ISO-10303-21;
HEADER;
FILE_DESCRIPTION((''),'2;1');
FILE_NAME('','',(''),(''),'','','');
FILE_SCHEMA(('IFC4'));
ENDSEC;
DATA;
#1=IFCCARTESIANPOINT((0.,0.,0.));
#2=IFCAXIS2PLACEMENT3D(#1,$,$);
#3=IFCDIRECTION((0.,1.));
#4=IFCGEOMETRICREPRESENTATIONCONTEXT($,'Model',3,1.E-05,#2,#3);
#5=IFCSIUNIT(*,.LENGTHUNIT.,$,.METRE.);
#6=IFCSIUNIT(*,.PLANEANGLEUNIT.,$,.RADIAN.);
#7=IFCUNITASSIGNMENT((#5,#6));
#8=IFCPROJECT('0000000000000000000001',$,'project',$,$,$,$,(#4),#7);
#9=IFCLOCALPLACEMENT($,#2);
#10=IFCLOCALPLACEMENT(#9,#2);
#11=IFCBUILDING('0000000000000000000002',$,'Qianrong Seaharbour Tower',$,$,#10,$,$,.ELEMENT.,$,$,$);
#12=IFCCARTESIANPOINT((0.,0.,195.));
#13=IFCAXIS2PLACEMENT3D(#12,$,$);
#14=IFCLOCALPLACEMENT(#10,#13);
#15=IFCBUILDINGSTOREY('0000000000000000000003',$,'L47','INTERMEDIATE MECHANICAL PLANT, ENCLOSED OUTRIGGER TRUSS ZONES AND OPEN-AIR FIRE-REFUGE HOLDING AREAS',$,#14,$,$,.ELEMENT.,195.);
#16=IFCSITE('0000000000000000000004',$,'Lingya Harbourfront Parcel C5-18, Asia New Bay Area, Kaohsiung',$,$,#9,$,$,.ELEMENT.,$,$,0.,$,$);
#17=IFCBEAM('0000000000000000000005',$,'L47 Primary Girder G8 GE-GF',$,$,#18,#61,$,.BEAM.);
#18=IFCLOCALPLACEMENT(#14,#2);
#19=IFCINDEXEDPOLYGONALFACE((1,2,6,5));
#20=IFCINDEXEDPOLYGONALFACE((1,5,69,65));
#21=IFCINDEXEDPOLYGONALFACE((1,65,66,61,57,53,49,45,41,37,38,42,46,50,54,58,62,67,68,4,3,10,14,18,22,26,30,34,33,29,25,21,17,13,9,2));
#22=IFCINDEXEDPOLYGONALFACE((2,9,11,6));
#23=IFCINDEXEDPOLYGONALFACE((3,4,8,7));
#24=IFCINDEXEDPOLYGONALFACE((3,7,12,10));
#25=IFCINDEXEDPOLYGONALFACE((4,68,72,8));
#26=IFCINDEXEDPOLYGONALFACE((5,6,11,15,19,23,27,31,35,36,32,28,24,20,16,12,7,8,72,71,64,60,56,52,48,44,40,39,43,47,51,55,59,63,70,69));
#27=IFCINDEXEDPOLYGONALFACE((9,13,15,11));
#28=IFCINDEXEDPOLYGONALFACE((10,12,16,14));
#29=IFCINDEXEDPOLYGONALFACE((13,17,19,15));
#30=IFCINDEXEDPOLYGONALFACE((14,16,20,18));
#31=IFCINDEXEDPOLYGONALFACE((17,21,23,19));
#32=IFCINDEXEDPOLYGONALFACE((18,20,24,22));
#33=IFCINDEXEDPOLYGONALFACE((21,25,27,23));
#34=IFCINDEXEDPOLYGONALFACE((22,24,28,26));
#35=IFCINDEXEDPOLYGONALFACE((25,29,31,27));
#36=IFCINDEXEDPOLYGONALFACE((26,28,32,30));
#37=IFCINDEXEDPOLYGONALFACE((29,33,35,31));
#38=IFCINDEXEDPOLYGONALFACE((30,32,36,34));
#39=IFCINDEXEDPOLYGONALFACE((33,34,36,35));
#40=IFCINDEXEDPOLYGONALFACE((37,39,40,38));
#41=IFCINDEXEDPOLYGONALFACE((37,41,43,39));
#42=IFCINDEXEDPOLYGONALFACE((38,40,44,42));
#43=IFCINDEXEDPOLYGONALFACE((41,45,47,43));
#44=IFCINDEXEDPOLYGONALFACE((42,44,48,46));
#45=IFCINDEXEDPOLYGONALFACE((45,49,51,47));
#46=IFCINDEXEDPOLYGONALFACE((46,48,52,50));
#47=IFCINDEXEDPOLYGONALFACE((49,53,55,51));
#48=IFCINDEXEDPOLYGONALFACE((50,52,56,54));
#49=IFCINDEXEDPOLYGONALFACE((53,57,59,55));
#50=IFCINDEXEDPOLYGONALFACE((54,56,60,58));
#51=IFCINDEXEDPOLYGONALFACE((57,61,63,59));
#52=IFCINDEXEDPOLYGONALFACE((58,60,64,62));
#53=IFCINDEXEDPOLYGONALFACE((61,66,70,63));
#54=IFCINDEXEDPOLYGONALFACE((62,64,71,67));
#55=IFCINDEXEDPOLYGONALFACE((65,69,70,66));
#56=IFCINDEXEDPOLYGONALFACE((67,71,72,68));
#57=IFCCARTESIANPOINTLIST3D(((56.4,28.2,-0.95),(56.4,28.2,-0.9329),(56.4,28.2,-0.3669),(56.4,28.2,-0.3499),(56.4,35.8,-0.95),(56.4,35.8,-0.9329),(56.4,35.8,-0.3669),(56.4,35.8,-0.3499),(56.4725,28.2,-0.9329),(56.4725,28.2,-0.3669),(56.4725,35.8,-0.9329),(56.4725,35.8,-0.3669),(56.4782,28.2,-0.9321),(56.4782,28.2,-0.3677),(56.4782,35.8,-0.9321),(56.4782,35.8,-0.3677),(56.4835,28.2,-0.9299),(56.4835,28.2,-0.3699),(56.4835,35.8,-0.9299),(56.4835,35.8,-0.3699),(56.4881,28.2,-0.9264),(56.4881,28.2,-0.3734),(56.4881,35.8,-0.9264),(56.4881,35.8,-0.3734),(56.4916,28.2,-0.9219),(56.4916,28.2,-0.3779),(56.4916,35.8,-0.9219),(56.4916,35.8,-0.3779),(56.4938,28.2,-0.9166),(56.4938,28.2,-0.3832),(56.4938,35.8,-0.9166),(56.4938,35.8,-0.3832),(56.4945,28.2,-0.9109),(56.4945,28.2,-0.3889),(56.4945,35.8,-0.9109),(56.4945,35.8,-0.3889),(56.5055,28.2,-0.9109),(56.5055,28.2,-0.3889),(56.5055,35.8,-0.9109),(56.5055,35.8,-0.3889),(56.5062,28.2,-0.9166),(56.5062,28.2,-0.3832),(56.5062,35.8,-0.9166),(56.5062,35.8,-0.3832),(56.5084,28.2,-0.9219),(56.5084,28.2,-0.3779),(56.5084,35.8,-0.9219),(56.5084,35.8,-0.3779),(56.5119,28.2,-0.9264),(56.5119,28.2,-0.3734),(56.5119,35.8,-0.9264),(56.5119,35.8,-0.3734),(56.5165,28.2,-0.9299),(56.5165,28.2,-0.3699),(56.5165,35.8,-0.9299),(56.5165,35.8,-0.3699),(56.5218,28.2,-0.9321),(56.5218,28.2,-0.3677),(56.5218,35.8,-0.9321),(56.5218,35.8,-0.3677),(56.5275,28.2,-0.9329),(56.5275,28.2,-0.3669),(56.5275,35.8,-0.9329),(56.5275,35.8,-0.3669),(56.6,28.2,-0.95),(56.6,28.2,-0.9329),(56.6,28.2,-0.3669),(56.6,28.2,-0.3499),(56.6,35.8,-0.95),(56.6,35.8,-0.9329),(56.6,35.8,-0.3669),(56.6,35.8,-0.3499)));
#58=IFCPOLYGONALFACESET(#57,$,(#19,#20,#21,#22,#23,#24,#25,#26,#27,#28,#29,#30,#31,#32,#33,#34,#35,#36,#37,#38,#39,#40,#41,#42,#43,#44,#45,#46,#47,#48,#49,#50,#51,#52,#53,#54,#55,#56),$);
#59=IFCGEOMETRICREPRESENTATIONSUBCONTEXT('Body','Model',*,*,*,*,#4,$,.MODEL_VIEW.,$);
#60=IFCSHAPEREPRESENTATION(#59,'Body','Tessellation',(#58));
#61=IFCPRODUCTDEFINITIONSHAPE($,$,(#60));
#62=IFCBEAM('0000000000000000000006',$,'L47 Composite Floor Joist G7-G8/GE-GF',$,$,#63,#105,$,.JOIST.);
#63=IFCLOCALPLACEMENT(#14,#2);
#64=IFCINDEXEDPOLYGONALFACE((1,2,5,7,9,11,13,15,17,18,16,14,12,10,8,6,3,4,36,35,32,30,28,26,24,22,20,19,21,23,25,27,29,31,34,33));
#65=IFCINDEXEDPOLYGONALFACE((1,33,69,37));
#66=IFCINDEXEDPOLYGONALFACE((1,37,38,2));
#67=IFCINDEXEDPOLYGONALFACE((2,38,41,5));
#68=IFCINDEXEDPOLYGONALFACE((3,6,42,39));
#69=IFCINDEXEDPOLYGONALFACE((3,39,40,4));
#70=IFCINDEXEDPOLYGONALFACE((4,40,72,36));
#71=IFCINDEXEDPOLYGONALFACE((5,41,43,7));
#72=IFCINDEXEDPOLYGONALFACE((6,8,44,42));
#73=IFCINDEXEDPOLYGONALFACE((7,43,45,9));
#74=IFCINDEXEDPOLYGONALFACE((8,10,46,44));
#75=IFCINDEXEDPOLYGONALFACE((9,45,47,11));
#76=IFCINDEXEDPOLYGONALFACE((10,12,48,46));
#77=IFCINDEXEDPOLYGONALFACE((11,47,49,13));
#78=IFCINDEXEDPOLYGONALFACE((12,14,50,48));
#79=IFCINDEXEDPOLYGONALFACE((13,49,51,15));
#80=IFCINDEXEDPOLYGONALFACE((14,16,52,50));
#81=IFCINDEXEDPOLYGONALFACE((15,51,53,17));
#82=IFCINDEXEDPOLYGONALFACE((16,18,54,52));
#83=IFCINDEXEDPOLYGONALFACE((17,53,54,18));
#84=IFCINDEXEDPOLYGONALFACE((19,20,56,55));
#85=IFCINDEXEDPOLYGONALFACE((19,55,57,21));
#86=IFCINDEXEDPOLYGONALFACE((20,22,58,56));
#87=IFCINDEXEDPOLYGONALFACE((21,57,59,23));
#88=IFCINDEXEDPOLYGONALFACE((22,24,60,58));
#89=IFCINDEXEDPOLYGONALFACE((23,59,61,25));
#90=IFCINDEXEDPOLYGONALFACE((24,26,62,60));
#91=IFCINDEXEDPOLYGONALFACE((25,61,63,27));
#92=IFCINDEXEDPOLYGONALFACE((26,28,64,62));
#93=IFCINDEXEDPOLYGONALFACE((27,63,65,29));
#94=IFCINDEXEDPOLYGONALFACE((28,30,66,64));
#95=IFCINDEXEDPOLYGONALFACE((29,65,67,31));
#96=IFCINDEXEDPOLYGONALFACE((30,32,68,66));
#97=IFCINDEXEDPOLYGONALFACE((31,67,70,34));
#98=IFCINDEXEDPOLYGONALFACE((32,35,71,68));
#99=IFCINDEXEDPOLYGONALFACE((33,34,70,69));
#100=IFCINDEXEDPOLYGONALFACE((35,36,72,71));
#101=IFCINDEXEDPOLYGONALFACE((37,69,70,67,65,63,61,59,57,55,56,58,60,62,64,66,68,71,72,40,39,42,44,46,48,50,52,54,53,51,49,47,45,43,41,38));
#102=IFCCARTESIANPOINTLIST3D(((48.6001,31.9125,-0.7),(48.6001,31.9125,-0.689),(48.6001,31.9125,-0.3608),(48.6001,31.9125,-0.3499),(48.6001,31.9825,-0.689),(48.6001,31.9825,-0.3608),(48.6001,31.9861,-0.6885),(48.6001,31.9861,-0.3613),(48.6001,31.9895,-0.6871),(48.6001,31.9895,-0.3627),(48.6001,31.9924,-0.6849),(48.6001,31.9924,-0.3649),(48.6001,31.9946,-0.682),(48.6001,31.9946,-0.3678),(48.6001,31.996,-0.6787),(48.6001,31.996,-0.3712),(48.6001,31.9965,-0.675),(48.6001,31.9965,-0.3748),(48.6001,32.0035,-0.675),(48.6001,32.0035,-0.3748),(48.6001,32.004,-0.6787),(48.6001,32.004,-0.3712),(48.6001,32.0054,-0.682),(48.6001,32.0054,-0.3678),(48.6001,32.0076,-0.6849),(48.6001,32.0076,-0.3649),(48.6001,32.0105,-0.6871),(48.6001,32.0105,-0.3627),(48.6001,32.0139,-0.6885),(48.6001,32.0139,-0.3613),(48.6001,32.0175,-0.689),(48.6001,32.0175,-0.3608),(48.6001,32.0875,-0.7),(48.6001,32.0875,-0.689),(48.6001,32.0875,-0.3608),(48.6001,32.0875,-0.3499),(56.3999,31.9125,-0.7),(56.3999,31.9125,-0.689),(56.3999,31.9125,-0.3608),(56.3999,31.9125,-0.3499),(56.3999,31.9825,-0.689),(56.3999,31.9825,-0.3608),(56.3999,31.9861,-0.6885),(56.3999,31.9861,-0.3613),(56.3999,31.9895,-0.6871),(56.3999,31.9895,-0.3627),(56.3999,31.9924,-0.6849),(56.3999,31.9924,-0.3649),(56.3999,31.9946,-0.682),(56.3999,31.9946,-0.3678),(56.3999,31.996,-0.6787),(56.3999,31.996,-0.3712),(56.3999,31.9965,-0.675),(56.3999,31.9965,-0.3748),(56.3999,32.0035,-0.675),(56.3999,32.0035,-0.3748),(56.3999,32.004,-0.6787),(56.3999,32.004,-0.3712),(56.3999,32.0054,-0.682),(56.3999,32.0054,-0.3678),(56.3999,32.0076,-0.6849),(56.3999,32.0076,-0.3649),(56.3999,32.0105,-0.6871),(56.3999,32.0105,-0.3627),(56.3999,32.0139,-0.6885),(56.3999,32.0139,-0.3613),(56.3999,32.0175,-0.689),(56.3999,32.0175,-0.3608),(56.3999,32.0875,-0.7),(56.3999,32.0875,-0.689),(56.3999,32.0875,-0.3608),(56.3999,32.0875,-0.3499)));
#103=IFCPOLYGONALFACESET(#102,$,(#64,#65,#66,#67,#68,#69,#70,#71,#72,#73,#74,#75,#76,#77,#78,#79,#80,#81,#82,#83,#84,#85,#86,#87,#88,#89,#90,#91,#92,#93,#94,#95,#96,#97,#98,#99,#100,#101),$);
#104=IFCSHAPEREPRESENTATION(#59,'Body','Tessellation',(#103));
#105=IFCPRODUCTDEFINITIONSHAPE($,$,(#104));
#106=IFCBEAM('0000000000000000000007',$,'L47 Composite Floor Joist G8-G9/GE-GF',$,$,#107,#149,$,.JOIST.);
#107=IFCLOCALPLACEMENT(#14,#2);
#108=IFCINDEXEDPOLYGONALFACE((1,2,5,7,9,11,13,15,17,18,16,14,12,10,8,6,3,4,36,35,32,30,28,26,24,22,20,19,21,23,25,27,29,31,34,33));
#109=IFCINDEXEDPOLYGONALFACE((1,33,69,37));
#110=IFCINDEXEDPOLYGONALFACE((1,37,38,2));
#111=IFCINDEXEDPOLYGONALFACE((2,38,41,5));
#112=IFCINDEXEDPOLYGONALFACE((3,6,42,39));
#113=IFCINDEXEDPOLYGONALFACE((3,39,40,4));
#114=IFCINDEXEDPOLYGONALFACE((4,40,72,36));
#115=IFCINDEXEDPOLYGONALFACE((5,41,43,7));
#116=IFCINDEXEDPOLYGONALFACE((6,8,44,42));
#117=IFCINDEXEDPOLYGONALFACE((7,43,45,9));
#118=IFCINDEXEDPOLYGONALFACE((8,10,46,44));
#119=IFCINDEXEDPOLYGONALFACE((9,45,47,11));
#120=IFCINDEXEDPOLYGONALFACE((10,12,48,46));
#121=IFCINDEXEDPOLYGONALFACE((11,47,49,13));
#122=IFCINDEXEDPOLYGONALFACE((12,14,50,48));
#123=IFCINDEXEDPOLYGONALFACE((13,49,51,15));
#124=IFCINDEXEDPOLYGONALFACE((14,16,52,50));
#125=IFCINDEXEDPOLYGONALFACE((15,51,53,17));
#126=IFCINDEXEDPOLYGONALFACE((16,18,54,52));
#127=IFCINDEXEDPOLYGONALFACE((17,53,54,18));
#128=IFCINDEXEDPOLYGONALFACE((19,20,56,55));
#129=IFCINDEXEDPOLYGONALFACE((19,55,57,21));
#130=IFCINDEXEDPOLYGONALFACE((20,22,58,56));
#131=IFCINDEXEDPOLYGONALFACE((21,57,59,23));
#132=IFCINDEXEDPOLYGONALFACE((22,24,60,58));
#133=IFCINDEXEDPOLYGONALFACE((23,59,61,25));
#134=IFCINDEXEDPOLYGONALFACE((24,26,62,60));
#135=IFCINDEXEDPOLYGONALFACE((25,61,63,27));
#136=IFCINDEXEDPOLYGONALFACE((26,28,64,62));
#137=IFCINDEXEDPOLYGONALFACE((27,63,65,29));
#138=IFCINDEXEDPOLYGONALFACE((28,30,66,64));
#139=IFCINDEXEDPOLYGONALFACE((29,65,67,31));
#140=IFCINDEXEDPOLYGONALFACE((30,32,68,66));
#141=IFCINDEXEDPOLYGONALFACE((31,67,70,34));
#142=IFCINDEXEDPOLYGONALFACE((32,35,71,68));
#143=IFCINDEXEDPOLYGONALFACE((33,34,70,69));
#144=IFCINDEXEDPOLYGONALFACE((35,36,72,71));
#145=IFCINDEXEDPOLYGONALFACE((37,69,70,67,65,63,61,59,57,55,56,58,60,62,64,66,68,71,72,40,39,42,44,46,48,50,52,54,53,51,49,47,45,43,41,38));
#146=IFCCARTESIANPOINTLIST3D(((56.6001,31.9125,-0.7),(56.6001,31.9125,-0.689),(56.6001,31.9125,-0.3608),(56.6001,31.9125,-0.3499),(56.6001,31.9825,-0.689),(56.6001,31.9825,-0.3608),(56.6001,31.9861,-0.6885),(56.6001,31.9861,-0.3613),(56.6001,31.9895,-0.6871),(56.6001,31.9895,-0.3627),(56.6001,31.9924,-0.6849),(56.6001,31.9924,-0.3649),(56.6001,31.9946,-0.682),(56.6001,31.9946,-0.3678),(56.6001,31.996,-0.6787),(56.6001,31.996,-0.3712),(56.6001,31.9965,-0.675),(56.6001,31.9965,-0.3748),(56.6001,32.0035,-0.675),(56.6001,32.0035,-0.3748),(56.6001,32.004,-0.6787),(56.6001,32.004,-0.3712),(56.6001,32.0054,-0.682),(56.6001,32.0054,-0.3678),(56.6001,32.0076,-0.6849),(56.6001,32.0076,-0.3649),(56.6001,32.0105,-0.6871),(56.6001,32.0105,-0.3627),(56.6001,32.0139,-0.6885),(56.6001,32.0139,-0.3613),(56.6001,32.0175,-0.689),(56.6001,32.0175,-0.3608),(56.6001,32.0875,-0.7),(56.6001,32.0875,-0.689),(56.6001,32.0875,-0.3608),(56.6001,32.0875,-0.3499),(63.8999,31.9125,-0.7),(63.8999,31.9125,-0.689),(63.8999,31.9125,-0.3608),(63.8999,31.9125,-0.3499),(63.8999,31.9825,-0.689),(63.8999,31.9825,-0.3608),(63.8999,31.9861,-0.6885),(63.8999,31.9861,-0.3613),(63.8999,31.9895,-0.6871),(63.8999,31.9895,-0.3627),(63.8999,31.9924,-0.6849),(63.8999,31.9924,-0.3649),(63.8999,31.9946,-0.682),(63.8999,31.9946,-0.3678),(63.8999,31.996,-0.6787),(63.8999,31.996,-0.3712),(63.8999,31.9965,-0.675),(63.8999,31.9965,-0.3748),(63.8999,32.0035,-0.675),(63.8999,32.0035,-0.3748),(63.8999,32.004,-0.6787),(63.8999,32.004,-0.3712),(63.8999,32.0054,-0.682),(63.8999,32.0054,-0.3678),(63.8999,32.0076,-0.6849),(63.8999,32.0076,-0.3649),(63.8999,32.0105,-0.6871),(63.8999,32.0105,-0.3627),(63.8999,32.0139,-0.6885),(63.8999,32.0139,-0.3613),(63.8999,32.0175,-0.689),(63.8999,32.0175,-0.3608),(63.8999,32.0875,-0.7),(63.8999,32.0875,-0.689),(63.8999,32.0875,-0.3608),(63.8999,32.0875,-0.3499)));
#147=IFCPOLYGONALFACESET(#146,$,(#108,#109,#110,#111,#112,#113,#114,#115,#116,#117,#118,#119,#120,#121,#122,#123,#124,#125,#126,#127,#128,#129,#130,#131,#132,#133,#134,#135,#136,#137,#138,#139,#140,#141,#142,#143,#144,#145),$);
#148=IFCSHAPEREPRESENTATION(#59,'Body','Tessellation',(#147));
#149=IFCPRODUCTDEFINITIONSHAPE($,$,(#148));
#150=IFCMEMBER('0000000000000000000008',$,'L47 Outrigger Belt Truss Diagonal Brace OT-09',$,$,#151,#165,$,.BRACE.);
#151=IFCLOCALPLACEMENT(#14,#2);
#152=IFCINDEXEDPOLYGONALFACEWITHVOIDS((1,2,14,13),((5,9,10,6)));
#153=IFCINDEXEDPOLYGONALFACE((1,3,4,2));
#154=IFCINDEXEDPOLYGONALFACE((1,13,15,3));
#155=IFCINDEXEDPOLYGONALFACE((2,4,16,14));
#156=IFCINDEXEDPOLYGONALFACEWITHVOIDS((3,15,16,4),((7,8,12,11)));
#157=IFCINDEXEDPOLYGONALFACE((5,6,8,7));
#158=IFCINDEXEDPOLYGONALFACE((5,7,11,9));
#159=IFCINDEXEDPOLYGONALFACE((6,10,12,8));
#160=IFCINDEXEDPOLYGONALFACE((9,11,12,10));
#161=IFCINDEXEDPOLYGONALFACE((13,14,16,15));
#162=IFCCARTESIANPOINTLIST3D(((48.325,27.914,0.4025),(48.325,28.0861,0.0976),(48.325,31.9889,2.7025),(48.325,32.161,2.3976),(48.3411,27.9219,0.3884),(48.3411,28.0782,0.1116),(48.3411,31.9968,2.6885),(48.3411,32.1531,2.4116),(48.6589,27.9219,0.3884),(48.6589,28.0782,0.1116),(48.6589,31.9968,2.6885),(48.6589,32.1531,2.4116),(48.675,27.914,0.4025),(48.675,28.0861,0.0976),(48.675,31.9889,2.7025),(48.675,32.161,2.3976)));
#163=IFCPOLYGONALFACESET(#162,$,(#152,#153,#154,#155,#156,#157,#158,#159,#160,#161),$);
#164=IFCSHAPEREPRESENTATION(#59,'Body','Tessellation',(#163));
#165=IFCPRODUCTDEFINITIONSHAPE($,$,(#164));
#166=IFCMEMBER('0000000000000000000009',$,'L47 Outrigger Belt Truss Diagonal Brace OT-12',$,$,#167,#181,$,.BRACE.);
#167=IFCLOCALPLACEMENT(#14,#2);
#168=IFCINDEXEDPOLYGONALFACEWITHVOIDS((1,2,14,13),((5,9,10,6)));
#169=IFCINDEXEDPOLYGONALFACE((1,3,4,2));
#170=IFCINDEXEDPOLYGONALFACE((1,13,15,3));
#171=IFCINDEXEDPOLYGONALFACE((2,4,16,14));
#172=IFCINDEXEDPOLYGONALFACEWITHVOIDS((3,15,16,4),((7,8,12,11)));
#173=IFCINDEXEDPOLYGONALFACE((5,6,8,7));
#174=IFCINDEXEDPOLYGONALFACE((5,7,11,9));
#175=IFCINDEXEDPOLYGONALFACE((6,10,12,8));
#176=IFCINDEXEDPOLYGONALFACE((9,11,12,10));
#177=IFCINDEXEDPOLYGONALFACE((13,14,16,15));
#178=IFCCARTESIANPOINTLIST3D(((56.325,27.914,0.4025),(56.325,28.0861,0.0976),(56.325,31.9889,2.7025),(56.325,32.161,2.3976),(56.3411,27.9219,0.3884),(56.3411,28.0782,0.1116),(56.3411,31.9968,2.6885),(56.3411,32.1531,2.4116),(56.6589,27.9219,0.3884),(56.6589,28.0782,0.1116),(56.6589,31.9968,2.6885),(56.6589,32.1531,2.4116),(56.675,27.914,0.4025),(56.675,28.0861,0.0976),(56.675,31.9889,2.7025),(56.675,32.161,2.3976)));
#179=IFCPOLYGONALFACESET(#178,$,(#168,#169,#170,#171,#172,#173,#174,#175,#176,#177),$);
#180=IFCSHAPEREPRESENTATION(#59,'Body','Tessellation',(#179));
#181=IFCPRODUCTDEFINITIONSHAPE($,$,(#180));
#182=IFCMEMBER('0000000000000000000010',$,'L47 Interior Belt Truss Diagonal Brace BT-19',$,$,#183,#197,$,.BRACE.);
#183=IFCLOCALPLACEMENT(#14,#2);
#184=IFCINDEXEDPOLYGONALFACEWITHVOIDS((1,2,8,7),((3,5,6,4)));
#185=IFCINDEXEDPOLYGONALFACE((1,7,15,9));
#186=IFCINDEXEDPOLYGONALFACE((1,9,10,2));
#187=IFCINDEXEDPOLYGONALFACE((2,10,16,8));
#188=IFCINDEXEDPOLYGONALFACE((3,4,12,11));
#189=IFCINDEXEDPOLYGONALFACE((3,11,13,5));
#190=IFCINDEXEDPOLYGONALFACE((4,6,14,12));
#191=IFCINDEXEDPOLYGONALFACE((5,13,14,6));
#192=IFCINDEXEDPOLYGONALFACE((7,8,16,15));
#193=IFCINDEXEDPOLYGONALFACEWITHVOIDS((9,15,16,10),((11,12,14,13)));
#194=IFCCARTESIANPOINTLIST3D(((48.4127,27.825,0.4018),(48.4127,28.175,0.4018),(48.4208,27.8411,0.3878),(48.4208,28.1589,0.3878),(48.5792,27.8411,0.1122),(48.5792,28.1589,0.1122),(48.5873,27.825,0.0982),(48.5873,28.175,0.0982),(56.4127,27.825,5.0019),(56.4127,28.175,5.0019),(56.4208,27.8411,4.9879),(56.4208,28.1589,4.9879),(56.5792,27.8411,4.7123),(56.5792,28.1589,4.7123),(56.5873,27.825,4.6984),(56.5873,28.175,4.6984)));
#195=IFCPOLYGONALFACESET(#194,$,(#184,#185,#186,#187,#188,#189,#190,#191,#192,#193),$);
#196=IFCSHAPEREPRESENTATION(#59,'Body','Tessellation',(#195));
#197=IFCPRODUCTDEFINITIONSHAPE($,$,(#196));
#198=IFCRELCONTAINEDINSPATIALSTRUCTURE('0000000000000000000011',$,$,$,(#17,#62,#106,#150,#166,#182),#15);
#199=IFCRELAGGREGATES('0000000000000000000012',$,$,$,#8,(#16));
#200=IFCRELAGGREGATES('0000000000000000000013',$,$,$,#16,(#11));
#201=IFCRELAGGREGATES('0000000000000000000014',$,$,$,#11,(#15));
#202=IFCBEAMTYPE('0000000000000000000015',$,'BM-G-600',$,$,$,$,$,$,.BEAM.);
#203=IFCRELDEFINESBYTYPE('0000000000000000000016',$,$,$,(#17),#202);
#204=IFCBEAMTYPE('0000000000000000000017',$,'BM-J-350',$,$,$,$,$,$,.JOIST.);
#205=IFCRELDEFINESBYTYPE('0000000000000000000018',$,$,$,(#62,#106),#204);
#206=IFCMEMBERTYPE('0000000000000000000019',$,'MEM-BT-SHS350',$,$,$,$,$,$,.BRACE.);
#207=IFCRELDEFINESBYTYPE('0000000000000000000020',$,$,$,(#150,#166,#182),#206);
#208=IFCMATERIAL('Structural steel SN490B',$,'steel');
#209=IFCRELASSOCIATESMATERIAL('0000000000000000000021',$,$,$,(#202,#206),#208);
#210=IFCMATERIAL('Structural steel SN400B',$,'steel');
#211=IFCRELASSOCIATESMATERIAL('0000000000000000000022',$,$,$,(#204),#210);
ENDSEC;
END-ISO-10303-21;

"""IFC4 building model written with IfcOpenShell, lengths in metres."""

from ifc_helpers import new_model, si_unit, direction, frame, origin, origin_2d, place, context, subcontext, project, spatial, hollow_rectangle, i_section, extrude, material, material_profile, profile_set, type_object, element, save


model = new_model("IFC4")

# Units and contexts
model_context = context("Model", 3, precision=1e-05, world=origin(), true_north=direction((0.0, 1.0)))
body_context = subcontext(model_context, "Body", "Model", "MODEL_VIEW")
ifc_project = project(units=[si_unit("LENGTHUNIT", "METRE"), si_unit("PLANEANGLEUNIT", "RADIAN")], contexts=[model_context])

# Site, building, storey
site_placement = place(None, origin())
site = spatial("IfcSite", under=ifc_project, at=site_placement, Name="Lingya Harbourfront Parcel C5-18, Asia New Bay Area, Kaohsiung", CompositionType="ELEMENT", RefElevation=0.0)
building_placement = place(site_placement, origin())
building = spatial("IfcBuilding", under=site, at=building_placement, Name="Qianrong Seaharbour Tower", CompositionType="ELEMENT")
storey_placement = place(building_placement, frame((0.0, 0.0, 195.0)))
storey = spatial("IfcBuildingStorey", under=building, at=storey_placement, Name="L47", Description="INTERMEDIATE MECHANICAL PLANT, ENCLOSED OUTRIGGER TRUSS ZONES AND OPEN-AIR FIRE-REFUGE HOLDING AREAS", CompositionType="ELEMENT", Elevation=195.0)

# Shared definitions
ifc_material_1 = material(Name="Structural steel SN490B", Category="steel")

# Beams
ifc_material_profile_1 = material_profile(ifc_material_1, i_section(OverallWidth=0.2, OverallDepth=0.6001, WebThickness=0.011, FlangeThickness=0.0171, FilletRadius=0.022, at=origin_2d()), Name="H600x200x11x17")
ifc_profile_set_1 = profile_set([ifc_material_profile_1], Name="Structural steel SN490B")
beam_type_1 = type_object("IfcBeamType", Name="BM-G-600", PredefinedType="BEAM", material=ifc_profile_set_1)
beam_1_placement = place(storey_placement, frame((56.5, 28.2, -0.6499), z_axis=(0.0, 1.0, 0.0), x_axis=(-1.0, 0.0, 0.0)))
element("IfcBeam", 1, at=beam_1_placement, inside=storey, type_object=beam_type_1, Name="L47 Primary Girder G8 GE-GF", PredefinedType="BEAM", context=body_context, shape_type="SweptSolid", body=[
    extrude(i_section(OverallWidth=0.2, OverallDepth=0.6001, WebThickness=0.011, FlangeThickness=0.0171, FilletRadius=0.022, at=origin_2d()), origin(), (0.0, 0.0, 1.0), 7.6001),
])
ifc_material_2 = material(Name="Structural steel SN400B", Category="steel")
ifc_material_profile_2 = material_profile(ifc_material_2, i_section(OverallWidth=0.175, OverallDepth=0.3501, WebThickness=0.0071, FlangeThickness=0.011, FilletRadius=0.0139, at=origin_2d()), Name="H350x175x7x11")
ifc_profile_set_2 = profile_set([ifc_material_profile_2], Name="Structural steel SN400B")
beam_type_2 = type_object("IfcBeamType", Name="BM-J-350", PredefinedType="JOIST", material=ifc_profile_set_2)
beam_2_placement = place(storey_placement, frame((48.6001, 32.0, -0.5249), z_axis=(1.0, 0.0, 0.0), x_axis=(0.0, 1.0, 0.0)))
element("IfcBeam", 2, at=beam_2_placement, inside=storey, type_object=beam_type_2, Name="L47 Composite Floor Joist G7-G8/GE-GF", PredefinedType="JOIST", context=body_context, shape_type="SweptSolid", body=[
    extrude(i_section(OverallWidth=0.175, OverallDepth=0.3501, WebThickness=0.0071, FlangeThickness=0.011, FilletRadius=0.0139, at=origin_2d()), origin(), (0.0, 0.0, 1.0), 7.7998),
])
beam_3_placement = place(storey_placement, frame((56.6001, 32.0, -0.5249), z_axis=(1.0, 0.0, 0.0), x_axis=(0.0, 1.0, 0.0)))
element("IfcBeam", 3, at=beam_3_placement, inside=storey, type_object=beam_type_2, Name="L47 Composite Floor Joist G8-G9/GE-GF", PredefinedType="JOIST", context=body_context, shape_type="SweptSolid", body=[
    extrude(i_section(OverallWidth=0.175, OverallDepth=0.3501, WebThickness=0.0071, FlangeThickness=0.011, FilletRadius=0.0139, at=origin_2d()), origin(), (0.0, 0.0, 1.0), 7.2998),
])

# Members
ifc_material_profile_3 = material_profile(ifc_material_1, hollow_rectangle(XDim=0.3501, YDim=0.3501, WallThickness=0.0161, at=origin_2d()), Name="SHS350x350x16")
ifc_profile_set_3 = profile_set([ifc_material_profile_3], Name="Structural steel SN490B")
member_type_1 = type_object("IfcMemberType", Name="MEM-BT-SHS350", PredefinedType="BRACE", material=ifc_profile_set_3)
for number, where, z_axis, x_axis, name in (
    (4, (48.5, 32.075, 2.55), (0.0, -0.870854, -0.491541), (1.0, 0.0, 0.0), "L47 Outrigger Belt Truss Diagonal Brace OT-09"),
    (5, (56.5, 32.075, 2.55), (0.0, -0.870854, -0.491541), (1.0, 0.0, 0.0), "L47 Outrigger Belt Truss Diagonal Brace OT-12"),
):
    element("IfcMember", number, at=place(storey_placement, frame(where, z_axis=z_axis, x_axis=x_axis)), inside=storey, type_object=member_type_1, Name=name, PredefinedType="BRACE", context=body_context, shape_type="SweptSolid", body=[
        extrude(hollow_rectangle(XDim=0.3501, YDim=0.3501, WallThickness=0.0161, at=origin_2d()), origin(), (0.0, 0.0, 1.0), 4.6792),
    ])
member_placement = place(storey_placement, frame((48.5, 28.0, 0.25), z_axis=(0.866902, 0.0, 0.498479), x_axis=(0.0, 1.0, 0.0)))
element("IfcMember", 6, at=member_placement, inside=storey, type_object=member_type_1, Name="L47 Interior Belt Truss Diagonal Brace BT-19", PredefinedType="BRACE", context=body_context, shape_type="SweptSolid", body=[
    extrude(hollow_rectangle(XDim=0.3501, YDim=0.3501, WallThickness=0.0161, at=origin_2d()), origin(), (0.0, 0.0, 1.0), 9.2283),
])

save(model, "model.ifc")
